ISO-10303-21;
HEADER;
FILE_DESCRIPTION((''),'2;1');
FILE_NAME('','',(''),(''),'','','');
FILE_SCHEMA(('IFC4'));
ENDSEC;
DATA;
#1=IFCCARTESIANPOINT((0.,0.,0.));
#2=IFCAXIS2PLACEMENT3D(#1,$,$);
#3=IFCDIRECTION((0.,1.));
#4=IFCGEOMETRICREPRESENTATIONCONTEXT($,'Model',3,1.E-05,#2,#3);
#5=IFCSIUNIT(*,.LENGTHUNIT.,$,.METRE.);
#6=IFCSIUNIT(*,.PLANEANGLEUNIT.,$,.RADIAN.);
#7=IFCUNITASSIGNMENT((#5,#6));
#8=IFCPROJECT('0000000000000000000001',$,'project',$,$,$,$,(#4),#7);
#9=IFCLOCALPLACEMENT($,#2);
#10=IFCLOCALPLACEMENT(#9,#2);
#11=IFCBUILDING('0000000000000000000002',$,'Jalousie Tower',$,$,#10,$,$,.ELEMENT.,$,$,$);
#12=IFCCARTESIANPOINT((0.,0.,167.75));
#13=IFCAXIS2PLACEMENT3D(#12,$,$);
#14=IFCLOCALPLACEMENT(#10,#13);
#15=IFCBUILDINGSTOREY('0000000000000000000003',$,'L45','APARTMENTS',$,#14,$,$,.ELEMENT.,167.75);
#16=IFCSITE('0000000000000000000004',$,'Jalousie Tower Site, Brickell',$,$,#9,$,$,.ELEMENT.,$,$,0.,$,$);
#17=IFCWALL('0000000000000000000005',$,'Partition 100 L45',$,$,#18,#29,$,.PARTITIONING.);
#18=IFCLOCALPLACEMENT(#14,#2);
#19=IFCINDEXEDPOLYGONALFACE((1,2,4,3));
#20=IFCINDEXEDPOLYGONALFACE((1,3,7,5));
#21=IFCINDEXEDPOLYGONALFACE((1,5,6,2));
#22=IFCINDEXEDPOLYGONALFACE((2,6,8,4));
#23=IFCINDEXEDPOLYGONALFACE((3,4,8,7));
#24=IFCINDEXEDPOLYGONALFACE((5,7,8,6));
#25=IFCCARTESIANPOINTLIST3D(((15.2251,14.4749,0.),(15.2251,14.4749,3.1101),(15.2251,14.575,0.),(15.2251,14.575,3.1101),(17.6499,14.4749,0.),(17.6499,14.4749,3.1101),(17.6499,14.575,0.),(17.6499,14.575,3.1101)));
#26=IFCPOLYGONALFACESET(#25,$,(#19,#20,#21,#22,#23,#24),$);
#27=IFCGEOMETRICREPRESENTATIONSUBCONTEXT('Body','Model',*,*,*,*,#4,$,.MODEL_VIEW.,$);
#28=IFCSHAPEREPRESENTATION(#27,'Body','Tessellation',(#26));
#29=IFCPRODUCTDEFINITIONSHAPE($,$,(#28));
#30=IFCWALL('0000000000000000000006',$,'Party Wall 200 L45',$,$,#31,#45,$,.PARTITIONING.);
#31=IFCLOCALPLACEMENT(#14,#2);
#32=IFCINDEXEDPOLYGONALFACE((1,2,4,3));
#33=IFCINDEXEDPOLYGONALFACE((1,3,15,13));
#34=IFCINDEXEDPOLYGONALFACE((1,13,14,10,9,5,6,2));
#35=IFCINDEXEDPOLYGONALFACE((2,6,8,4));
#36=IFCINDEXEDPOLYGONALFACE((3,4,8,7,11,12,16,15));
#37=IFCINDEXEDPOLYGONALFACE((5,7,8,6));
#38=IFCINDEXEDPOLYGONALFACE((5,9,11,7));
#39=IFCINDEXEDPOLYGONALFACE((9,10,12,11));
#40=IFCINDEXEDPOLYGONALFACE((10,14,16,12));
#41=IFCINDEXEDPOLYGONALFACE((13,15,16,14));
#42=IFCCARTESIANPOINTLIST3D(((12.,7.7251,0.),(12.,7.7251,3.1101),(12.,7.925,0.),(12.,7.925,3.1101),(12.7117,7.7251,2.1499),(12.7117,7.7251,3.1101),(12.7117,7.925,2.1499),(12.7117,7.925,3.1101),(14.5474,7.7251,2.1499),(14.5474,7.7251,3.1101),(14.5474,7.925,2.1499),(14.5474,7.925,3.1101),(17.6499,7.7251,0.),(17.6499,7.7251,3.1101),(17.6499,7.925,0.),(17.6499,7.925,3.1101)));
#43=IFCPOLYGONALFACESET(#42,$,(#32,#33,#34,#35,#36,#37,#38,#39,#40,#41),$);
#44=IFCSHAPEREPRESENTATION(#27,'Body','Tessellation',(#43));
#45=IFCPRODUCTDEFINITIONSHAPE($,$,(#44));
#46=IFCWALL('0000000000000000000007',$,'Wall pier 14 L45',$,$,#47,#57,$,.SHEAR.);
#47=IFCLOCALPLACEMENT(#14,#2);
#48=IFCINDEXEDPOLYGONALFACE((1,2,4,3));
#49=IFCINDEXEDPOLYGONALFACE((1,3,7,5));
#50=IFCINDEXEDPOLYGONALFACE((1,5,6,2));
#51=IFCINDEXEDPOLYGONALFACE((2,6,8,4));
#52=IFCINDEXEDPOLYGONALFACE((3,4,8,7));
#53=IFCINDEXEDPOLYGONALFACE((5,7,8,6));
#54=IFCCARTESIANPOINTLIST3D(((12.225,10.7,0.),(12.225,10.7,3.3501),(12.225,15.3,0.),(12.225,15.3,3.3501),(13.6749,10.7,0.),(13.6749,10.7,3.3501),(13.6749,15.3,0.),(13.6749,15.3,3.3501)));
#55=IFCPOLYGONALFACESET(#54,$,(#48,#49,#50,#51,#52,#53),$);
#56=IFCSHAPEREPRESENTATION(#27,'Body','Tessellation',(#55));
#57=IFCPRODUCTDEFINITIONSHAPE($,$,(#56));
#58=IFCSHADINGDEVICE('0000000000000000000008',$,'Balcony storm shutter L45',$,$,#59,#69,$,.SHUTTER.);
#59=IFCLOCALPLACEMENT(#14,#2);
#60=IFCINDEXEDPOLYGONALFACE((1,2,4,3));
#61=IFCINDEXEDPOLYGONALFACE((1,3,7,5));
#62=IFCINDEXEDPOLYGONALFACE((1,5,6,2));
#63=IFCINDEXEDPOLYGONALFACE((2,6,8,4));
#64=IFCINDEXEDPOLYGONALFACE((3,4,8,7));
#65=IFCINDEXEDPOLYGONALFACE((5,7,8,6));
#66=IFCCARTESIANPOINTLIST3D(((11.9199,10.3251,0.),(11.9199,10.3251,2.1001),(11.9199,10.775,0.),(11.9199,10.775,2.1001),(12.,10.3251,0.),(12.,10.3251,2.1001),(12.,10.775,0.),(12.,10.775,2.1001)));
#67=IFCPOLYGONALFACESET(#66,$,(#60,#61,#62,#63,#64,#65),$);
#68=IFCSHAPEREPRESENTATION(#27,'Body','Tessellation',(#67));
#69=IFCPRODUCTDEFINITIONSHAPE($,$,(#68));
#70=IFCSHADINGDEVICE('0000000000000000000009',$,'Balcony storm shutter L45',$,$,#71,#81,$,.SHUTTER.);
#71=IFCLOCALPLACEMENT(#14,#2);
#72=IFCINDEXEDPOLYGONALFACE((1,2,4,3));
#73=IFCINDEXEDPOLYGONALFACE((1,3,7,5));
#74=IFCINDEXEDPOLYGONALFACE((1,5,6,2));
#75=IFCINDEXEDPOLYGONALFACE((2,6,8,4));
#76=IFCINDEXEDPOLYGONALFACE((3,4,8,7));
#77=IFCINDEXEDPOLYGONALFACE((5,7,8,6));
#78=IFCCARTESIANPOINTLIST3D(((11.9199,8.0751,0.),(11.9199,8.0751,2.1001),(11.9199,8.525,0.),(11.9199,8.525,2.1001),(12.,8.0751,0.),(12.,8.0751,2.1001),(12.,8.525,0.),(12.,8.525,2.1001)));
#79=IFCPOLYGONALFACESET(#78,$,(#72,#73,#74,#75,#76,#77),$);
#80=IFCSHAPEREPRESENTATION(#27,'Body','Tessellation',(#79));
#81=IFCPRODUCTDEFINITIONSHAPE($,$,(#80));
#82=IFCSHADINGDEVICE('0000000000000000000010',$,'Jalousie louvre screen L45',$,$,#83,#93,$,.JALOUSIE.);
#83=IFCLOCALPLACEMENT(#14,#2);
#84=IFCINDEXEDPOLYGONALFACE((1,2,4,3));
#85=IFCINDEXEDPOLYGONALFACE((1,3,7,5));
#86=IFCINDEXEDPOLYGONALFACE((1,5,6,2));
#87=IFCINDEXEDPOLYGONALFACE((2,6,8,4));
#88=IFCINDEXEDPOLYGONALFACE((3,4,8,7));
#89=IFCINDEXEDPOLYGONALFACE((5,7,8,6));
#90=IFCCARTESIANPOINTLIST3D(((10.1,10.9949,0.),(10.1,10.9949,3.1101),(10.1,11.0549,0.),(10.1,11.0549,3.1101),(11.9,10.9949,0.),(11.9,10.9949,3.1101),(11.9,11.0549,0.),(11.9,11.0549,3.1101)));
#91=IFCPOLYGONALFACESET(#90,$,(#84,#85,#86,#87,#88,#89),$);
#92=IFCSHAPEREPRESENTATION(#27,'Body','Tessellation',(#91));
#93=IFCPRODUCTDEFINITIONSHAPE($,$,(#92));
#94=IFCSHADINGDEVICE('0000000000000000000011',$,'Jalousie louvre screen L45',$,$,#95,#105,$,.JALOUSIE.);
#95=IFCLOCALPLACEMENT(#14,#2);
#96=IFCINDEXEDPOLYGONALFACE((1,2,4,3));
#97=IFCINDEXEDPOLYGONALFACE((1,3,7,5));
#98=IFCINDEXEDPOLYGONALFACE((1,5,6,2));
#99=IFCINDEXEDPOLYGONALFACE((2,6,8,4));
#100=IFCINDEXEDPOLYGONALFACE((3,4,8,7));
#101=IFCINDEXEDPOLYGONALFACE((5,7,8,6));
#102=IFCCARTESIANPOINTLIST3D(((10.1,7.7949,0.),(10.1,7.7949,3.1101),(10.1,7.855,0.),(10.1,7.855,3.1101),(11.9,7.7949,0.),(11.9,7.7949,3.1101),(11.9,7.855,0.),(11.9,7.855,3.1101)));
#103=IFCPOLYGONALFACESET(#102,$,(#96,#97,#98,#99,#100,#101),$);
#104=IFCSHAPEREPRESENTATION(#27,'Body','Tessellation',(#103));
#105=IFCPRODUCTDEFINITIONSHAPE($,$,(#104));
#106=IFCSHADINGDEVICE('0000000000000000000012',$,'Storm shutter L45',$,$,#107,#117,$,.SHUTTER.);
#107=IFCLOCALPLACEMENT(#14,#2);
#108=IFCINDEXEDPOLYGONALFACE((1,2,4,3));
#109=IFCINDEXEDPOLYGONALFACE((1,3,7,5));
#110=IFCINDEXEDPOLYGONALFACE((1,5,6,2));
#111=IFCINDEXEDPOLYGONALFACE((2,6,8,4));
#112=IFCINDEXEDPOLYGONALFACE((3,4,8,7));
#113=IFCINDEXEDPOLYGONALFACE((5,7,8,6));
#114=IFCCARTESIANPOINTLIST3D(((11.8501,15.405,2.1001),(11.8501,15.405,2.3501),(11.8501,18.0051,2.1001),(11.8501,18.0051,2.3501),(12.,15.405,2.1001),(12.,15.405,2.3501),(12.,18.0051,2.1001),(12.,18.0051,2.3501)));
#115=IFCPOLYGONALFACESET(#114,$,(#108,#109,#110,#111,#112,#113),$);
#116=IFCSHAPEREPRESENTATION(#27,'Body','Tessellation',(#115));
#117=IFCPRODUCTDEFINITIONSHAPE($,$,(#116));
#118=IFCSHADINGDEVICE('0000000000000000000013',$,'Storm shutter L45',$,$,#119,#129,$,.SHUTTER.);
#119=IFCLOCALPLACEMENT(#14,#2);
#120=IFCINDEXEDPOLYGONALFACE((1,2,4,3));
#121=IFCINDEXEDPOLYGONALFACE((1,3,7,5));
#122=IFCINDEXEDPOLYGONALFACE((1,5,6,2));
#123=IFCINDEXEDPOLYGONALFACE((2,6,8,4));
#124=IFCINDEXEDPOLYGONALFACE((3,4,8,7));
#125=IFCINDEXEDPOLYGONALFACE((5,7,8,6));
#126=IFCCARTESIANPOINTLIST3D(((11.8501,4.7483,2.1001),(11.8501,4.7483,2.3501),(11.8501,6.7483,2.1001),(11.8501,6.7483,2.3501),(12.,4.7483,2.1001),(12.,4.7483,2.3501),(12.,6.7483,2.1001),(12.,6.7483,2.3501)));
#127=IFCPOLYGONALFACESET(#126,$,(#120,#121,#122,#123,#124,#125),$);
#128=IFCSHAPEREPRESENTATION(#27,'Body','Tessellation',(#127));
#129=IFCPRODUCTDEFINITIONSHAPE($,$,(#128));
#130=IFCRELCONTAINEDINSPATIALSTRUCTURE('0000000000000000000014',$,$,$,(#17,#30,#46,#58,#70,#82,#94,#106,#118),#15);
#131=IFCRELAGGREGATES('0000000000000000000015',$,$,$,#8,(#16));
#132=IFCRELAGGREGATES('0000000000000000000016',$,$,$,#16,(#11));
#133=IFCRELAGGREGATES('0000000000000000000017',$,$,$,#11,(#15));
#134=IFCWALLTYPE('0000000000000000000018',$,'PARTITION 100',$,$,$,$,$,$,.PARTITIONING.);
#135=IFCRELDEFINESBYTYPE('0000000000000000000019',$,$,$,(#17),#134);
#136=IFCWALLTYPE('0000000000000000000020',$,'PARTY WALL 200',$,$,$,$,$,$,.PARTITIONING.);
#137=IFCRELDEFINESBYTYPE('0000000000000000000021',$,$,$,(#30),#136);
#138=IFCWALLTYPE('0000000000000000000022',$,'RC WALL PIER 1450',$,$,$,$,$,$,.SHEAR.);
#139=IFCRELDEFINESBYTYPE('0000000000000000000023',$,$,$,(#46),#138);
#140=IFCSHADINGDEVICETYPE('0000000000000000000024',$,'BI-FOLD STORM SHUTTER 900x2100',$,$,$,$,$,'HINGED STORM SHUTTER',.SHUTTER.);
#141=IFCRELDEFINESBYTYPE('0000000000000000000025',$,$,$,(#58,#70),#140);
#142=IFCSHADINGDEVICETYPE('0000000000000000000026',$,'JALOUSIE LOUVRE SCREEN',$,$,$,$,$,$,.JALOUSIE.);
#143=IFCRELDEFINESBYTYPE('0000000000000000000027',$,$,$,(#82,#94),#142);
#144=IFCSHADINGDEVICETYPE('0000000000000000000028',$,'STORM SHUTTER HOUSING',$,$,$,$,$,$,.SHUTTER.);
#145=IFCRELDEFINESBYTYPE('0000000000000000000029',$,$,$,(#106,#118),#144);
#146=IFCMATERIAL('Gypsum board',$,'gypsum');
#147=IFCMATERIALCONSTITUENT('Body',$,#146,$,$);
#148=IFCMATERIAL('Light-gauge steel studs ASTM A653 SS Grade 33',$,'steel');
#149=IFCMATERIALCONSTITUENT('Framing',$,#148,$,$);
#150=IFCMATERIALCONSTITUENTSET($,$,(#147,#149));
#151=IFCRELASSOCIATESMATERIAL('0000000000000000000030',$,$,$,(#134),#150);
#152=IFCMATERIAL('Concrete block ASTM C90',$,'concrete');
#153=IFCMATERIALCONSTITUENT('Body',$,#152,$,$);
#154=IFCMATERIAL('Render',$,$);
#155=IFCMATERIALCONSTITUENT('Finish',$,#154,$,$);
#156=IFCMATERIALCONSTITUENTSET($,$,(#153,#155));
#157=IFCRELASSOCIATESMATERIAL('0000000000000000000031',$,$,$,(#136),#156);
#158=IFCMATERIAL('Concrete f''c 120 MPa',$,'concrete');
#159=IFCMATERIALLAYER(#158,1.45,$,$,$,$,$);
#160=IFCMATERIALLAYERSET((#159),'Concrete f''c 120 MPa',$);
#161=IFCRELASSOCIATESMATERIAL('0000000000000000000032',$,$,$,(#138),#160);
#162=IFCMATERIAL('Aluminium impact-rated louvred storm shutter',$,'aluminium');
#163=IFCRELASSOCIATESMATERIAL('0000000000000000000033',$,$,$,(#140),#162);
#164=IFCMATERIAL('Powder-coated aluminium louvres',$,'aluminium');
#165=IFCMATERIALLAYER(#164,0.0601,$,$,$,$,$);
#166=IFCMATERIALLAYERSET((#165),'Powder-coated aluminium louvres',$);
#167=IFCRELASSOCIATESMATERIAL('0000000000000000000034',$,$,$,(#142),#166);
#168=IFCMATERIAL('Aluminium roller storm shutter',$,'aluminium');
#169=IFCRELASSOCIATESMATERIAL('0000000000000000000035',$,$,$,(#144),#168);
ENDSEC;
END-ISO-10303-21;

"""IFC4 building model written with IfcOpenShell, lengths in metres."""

from ifc_helpers import new_model, si_unit, direction, frame, frame_2d, origin, origin_2d, place, context, subcontext, project, spatial, polyline, rectangle, outline, extrude, material, layer, layer_set, constituent, constituent_set, type_object, element, save


model = new_model("IFC4")

# Units and contexts
model_context = context("Model", 3, precision=1e-05, world=origin(), true_north=direction((0.0, 1.0)))
body_context = subcontext(model_context, "Body", "Model", "MODEL_VIEW")
ifc_project = project(units=[si_unit("LENGTHUNIT", "METRE"), si_unit("PLANEANGLEUNIT", "RADIAN")], contexts=[model_context])

# Site, building, storey
site_placement = place(None, origin())
site = spatial("IfcSite", under=ifc_project, at=site_placement, Name="Jalousie Tower Site, Brickell", CompositionType="ELEMENT", RefElevation=0.0)
building_placement = place(site_placement, origin())
building = spatial("IfcBuilding", under=site, at=building_placement, Name="Jalousie Tower", CompositionType="ELEMENT")
storey_placement = place(building_placement, frame((0.0, 0.0, 167.75)))
storey = spatial("IfcBuildingStorey", under=building, at=storey_placement, Name="L45", Description="APARTMENTS", CompositionType="ELEMENT", Elevation=167.75)

# Shared definitions
ifc_material_1 = material(Name="Gypsum board", Category="gypsum")
ifc_constituent_1 = constituent(ifc_material_1, Name="Body")
ifc_material_2 = material(Name="Light-gauge steel studs ASTM A653 SS Grade 33", Category="steel")
ifc_constituent_2 = constituent(ifc_material_2, Name="Framing")
ifc_constituent_set_1 = constituent_set(constituents=[ifc_constituent_1, ifc_constituent_2])
wall_type_1 = type_object("IfcWallType", Name="PARTITION 100", PredefinedType="PARTITIONING", material=ifc_constituent_set_1)

# Walls
wall_1_placement = place(storey_placement, frame((15.2251, 14.5249, 0.0), z_axis=(0.0, 0.0, 1.0), x_axis=(1.0, 0.0, 0.0)))
element("IfcWall", 1, at=wall_1_placement, inside=storey, type_object=wall_type_1, Name="Partition 100 L45", PredefinedType="PARTITIONING", context=body_context, shape_type="SweptSolid", body=[
    extrude(rectangle(XDim=2.4248, YDim=0.1001, at=frame_2d((1.2124, 0.0))), origin(), (0.0, 0.0, 1.0), 3.1101),
])
ifc_material_3 = material(Name="Concrete block ASTM C90", Category="concrete")
ifc_constituent_3 = constituent(ifc_material_3, Name="Body")
ifc_material_4 = material(Name="Render")
ifc_constituent_4 = constituent(ifc_material_4, Name="Finish")
ifc_constituent_set_2 = constituent_set(constituents=[ifc_constituent_3, ifc_constituent_4])
wall_type_2 = type_object("IfcWallType", Name="PARTY WALL 200", PredefinedType="PARTITIONING", material=ifc_constituent_set_2)
wall_2_placement = place(storey_placement, frame((12.0, 7.825, 0.0), z_axis=(0.0, 0.0, 1.0), x_axis=(1.0, 0.0, 0.0)))
element("IfcWall", 2, at=wall_2_placement, inside=storey, type_object=wall_type_2, Name="Party Wall 200 L45", PredefinedType="PARTITIONING", context=body_context, shape_type="SweptSolid", body=[
    extrude(outline(polyline([(0.0, 0.0), (5.6499, 0.0), (5.6499, 3.1101), (2.5474, 3.1101), (2.5474, 2.1499), (0.7117, 2.1499), (0.7117, 3.1101), (0.0, 3.1101), (0.0, 0.0)])), frame((0.0, 0.1001, 0.0), z_axis=(0.0, -1.0, 0.0), x_axis=(1.0, 0.0, 0.0)), (0.0, 0.0, 1.0), 0.2),
])
ifc_material_5 = material(Name="Concrete f'c 120 MPa", Category="concrete")
ifc_layer_1 = layer(ifc_material_5, 1.45)
ifc_layer_set_1 = layer_set([ifc_layer_1], Name="Concrete f'c 120 MPa")
wall_type_3 = type_object("IfcWallType", Name="RC WALL PIER 1450", PredefinedType="SHEAR", material=ifc_layer_set_1)
wall_3_placement = place(storey_placement, frame((12.95, 10.7, 0.0), z_axis=(0.0, 0.0, 1.0), x_axis=(0.0, 1.0, 0.0)))
element("IfcWall", 3, at=wall_3_placement, inside=storey, type_object=wall_type_3, Name="Wall pier 14 L45", PredefinedType="SHEAR", context=body_context, shape_type="SweptSolid", body=[
    extrude(rectangle(XDim=4.6001, YDim=1.45, at=frame_2d((2.3, 0.0))), origin(), (0.0, 0.0, 1.0), 3.3501),
])

# Shading devices
ifc_material_6 = material(Name="Aluminium impact-rated louvred storm shutter", Category="aluminium")
shading_device_type_1 = type_object("IfcShadingDeviceType", Name="BI-FOLD STORM SHUTTER 900x2100", ElementType="HINGED STORM SHUTTER", PredefinedType="SHUTTER", material=ifc_material_6)
for number, where, z_axis, x_axis, name in (
    (4, (11.96, 10.55, 0.0), (0.0, 0.0, 1.0), (0.0, -1.0, 0.0), "Balcony storm shutter L45"),
    (5, (11.96, 8.3, 0.0), (0.0, 0.0, 1.0), (0.0, -1.0, 0.0), "Balcony storm shutter L45"),
):
    element("IfcShadingDevice", number, at=place(storey_placement, frame(where, z_axis=z_axis, x_axis=x_axis)), inside=storey, type_object=shading_device_type_1, Name=name, PredefinedType="SHUTTER", context=body_context, shape_type="SweptSolid", body=[
        extrude(rectangle(XDim=0.45, YDim=0.0801, at=origin_2d()), origin(), (0.0, 0.0, 1.0), 2.1001),
    ])

# Shading devices
ifc_material_7 = material(Name="Powder-coated aluminium louvres", Category="aluminium")
ifc_layer_2 = layer(ifc_material_7, 0.0601)
ifc_layer_set_2 = layer_set([ifc_layer_2], Name="Powder-coated aluminium louvres")
shading_device_type_2 = type_object("IfcShadingDeviceType", Name="JALOUSIE LOUVRE SCREEN", PredefinedType="JALOUSIE", material=ifc_layer_set_2)
for number, where, z_axis, x_axis, name in (
    (6, (11.0, 11.0249, 0.0), (0.0, 0.0, 1.0), (0.0, -1.0, 0.0), "Jalousie louvre screen L45"),
    (7, (11.0, 7.825, 0.0), (0.0, 0.0, 1.0), (0.0, -1.0, 0.0), "Jalousie louvre screen L45"),
):
    element("IfcShadingDevice", number, at=place(storey_placement, frame(where, z_axis=z_axis, x_axis=x_axis)), inside=storey, type_object=shading_device_type_2, Name=name, PredefinedType="JALOUSIE", context=body_context, shape_type="SweptSolid", body=[
        extrude(rectangle(XDim=0.0601, YDim=1.8, at=origin_2d()), origin(), (0.0, 0.0, 1.0), 3.1101),
    ])
ifc_material_8 = material(Name="Aluminium roller storm shutter", Category="aluminium")
shading_device_type_3 = type_object("IfcShadingDeviceType", Name="STORM SHUTTER HOUSING", PredefinedType="SHUTTER", material=ifc_material_8)
shading_device_1_placement = place(storey_placement, frame((11.925, 16.7051, 2.1001), z_axis=(0.0, 0.0, 1.0), x_axis=(0.0, -1.0, 0.0)))
element("IfcShadingDevice", 8, at=shading_device_1_placement, inside=storey, type_object=shading_device_type_3, Name="Storm shutter L45", PredefinedType="SHUTTER", context=body_context, shape_type="SweptSolid", body=[
    extrude(rectangle(XDim=2.6001, YDim=0.1499, at=origin_2d()), origin(), (0.0, 0.0, 1.0), 0.25),
])
shading_device_2_placement = place(storey_placement, frame((11.925, 5.7483, 2.1001), z_axis=(0.0, 0.0, 1.0), x_axis=(0.0, -1.0, 0.0)))
element("IfcShadingDevice", 9, at=shading_device_2_placement, inside=storey, type_object=shading_device_type_3, Name="Storm shutter L45", PredefinedType="SHUTTER", context=body_context, shape_type="SweptSolid", body=[
    extrude(rectangle(XDim=2.0, YDim=0.1499, at=origin_2d()), origin(), (0.0, 0.0, 1.0), 0.25),
])

save(model, "model.ifc")
